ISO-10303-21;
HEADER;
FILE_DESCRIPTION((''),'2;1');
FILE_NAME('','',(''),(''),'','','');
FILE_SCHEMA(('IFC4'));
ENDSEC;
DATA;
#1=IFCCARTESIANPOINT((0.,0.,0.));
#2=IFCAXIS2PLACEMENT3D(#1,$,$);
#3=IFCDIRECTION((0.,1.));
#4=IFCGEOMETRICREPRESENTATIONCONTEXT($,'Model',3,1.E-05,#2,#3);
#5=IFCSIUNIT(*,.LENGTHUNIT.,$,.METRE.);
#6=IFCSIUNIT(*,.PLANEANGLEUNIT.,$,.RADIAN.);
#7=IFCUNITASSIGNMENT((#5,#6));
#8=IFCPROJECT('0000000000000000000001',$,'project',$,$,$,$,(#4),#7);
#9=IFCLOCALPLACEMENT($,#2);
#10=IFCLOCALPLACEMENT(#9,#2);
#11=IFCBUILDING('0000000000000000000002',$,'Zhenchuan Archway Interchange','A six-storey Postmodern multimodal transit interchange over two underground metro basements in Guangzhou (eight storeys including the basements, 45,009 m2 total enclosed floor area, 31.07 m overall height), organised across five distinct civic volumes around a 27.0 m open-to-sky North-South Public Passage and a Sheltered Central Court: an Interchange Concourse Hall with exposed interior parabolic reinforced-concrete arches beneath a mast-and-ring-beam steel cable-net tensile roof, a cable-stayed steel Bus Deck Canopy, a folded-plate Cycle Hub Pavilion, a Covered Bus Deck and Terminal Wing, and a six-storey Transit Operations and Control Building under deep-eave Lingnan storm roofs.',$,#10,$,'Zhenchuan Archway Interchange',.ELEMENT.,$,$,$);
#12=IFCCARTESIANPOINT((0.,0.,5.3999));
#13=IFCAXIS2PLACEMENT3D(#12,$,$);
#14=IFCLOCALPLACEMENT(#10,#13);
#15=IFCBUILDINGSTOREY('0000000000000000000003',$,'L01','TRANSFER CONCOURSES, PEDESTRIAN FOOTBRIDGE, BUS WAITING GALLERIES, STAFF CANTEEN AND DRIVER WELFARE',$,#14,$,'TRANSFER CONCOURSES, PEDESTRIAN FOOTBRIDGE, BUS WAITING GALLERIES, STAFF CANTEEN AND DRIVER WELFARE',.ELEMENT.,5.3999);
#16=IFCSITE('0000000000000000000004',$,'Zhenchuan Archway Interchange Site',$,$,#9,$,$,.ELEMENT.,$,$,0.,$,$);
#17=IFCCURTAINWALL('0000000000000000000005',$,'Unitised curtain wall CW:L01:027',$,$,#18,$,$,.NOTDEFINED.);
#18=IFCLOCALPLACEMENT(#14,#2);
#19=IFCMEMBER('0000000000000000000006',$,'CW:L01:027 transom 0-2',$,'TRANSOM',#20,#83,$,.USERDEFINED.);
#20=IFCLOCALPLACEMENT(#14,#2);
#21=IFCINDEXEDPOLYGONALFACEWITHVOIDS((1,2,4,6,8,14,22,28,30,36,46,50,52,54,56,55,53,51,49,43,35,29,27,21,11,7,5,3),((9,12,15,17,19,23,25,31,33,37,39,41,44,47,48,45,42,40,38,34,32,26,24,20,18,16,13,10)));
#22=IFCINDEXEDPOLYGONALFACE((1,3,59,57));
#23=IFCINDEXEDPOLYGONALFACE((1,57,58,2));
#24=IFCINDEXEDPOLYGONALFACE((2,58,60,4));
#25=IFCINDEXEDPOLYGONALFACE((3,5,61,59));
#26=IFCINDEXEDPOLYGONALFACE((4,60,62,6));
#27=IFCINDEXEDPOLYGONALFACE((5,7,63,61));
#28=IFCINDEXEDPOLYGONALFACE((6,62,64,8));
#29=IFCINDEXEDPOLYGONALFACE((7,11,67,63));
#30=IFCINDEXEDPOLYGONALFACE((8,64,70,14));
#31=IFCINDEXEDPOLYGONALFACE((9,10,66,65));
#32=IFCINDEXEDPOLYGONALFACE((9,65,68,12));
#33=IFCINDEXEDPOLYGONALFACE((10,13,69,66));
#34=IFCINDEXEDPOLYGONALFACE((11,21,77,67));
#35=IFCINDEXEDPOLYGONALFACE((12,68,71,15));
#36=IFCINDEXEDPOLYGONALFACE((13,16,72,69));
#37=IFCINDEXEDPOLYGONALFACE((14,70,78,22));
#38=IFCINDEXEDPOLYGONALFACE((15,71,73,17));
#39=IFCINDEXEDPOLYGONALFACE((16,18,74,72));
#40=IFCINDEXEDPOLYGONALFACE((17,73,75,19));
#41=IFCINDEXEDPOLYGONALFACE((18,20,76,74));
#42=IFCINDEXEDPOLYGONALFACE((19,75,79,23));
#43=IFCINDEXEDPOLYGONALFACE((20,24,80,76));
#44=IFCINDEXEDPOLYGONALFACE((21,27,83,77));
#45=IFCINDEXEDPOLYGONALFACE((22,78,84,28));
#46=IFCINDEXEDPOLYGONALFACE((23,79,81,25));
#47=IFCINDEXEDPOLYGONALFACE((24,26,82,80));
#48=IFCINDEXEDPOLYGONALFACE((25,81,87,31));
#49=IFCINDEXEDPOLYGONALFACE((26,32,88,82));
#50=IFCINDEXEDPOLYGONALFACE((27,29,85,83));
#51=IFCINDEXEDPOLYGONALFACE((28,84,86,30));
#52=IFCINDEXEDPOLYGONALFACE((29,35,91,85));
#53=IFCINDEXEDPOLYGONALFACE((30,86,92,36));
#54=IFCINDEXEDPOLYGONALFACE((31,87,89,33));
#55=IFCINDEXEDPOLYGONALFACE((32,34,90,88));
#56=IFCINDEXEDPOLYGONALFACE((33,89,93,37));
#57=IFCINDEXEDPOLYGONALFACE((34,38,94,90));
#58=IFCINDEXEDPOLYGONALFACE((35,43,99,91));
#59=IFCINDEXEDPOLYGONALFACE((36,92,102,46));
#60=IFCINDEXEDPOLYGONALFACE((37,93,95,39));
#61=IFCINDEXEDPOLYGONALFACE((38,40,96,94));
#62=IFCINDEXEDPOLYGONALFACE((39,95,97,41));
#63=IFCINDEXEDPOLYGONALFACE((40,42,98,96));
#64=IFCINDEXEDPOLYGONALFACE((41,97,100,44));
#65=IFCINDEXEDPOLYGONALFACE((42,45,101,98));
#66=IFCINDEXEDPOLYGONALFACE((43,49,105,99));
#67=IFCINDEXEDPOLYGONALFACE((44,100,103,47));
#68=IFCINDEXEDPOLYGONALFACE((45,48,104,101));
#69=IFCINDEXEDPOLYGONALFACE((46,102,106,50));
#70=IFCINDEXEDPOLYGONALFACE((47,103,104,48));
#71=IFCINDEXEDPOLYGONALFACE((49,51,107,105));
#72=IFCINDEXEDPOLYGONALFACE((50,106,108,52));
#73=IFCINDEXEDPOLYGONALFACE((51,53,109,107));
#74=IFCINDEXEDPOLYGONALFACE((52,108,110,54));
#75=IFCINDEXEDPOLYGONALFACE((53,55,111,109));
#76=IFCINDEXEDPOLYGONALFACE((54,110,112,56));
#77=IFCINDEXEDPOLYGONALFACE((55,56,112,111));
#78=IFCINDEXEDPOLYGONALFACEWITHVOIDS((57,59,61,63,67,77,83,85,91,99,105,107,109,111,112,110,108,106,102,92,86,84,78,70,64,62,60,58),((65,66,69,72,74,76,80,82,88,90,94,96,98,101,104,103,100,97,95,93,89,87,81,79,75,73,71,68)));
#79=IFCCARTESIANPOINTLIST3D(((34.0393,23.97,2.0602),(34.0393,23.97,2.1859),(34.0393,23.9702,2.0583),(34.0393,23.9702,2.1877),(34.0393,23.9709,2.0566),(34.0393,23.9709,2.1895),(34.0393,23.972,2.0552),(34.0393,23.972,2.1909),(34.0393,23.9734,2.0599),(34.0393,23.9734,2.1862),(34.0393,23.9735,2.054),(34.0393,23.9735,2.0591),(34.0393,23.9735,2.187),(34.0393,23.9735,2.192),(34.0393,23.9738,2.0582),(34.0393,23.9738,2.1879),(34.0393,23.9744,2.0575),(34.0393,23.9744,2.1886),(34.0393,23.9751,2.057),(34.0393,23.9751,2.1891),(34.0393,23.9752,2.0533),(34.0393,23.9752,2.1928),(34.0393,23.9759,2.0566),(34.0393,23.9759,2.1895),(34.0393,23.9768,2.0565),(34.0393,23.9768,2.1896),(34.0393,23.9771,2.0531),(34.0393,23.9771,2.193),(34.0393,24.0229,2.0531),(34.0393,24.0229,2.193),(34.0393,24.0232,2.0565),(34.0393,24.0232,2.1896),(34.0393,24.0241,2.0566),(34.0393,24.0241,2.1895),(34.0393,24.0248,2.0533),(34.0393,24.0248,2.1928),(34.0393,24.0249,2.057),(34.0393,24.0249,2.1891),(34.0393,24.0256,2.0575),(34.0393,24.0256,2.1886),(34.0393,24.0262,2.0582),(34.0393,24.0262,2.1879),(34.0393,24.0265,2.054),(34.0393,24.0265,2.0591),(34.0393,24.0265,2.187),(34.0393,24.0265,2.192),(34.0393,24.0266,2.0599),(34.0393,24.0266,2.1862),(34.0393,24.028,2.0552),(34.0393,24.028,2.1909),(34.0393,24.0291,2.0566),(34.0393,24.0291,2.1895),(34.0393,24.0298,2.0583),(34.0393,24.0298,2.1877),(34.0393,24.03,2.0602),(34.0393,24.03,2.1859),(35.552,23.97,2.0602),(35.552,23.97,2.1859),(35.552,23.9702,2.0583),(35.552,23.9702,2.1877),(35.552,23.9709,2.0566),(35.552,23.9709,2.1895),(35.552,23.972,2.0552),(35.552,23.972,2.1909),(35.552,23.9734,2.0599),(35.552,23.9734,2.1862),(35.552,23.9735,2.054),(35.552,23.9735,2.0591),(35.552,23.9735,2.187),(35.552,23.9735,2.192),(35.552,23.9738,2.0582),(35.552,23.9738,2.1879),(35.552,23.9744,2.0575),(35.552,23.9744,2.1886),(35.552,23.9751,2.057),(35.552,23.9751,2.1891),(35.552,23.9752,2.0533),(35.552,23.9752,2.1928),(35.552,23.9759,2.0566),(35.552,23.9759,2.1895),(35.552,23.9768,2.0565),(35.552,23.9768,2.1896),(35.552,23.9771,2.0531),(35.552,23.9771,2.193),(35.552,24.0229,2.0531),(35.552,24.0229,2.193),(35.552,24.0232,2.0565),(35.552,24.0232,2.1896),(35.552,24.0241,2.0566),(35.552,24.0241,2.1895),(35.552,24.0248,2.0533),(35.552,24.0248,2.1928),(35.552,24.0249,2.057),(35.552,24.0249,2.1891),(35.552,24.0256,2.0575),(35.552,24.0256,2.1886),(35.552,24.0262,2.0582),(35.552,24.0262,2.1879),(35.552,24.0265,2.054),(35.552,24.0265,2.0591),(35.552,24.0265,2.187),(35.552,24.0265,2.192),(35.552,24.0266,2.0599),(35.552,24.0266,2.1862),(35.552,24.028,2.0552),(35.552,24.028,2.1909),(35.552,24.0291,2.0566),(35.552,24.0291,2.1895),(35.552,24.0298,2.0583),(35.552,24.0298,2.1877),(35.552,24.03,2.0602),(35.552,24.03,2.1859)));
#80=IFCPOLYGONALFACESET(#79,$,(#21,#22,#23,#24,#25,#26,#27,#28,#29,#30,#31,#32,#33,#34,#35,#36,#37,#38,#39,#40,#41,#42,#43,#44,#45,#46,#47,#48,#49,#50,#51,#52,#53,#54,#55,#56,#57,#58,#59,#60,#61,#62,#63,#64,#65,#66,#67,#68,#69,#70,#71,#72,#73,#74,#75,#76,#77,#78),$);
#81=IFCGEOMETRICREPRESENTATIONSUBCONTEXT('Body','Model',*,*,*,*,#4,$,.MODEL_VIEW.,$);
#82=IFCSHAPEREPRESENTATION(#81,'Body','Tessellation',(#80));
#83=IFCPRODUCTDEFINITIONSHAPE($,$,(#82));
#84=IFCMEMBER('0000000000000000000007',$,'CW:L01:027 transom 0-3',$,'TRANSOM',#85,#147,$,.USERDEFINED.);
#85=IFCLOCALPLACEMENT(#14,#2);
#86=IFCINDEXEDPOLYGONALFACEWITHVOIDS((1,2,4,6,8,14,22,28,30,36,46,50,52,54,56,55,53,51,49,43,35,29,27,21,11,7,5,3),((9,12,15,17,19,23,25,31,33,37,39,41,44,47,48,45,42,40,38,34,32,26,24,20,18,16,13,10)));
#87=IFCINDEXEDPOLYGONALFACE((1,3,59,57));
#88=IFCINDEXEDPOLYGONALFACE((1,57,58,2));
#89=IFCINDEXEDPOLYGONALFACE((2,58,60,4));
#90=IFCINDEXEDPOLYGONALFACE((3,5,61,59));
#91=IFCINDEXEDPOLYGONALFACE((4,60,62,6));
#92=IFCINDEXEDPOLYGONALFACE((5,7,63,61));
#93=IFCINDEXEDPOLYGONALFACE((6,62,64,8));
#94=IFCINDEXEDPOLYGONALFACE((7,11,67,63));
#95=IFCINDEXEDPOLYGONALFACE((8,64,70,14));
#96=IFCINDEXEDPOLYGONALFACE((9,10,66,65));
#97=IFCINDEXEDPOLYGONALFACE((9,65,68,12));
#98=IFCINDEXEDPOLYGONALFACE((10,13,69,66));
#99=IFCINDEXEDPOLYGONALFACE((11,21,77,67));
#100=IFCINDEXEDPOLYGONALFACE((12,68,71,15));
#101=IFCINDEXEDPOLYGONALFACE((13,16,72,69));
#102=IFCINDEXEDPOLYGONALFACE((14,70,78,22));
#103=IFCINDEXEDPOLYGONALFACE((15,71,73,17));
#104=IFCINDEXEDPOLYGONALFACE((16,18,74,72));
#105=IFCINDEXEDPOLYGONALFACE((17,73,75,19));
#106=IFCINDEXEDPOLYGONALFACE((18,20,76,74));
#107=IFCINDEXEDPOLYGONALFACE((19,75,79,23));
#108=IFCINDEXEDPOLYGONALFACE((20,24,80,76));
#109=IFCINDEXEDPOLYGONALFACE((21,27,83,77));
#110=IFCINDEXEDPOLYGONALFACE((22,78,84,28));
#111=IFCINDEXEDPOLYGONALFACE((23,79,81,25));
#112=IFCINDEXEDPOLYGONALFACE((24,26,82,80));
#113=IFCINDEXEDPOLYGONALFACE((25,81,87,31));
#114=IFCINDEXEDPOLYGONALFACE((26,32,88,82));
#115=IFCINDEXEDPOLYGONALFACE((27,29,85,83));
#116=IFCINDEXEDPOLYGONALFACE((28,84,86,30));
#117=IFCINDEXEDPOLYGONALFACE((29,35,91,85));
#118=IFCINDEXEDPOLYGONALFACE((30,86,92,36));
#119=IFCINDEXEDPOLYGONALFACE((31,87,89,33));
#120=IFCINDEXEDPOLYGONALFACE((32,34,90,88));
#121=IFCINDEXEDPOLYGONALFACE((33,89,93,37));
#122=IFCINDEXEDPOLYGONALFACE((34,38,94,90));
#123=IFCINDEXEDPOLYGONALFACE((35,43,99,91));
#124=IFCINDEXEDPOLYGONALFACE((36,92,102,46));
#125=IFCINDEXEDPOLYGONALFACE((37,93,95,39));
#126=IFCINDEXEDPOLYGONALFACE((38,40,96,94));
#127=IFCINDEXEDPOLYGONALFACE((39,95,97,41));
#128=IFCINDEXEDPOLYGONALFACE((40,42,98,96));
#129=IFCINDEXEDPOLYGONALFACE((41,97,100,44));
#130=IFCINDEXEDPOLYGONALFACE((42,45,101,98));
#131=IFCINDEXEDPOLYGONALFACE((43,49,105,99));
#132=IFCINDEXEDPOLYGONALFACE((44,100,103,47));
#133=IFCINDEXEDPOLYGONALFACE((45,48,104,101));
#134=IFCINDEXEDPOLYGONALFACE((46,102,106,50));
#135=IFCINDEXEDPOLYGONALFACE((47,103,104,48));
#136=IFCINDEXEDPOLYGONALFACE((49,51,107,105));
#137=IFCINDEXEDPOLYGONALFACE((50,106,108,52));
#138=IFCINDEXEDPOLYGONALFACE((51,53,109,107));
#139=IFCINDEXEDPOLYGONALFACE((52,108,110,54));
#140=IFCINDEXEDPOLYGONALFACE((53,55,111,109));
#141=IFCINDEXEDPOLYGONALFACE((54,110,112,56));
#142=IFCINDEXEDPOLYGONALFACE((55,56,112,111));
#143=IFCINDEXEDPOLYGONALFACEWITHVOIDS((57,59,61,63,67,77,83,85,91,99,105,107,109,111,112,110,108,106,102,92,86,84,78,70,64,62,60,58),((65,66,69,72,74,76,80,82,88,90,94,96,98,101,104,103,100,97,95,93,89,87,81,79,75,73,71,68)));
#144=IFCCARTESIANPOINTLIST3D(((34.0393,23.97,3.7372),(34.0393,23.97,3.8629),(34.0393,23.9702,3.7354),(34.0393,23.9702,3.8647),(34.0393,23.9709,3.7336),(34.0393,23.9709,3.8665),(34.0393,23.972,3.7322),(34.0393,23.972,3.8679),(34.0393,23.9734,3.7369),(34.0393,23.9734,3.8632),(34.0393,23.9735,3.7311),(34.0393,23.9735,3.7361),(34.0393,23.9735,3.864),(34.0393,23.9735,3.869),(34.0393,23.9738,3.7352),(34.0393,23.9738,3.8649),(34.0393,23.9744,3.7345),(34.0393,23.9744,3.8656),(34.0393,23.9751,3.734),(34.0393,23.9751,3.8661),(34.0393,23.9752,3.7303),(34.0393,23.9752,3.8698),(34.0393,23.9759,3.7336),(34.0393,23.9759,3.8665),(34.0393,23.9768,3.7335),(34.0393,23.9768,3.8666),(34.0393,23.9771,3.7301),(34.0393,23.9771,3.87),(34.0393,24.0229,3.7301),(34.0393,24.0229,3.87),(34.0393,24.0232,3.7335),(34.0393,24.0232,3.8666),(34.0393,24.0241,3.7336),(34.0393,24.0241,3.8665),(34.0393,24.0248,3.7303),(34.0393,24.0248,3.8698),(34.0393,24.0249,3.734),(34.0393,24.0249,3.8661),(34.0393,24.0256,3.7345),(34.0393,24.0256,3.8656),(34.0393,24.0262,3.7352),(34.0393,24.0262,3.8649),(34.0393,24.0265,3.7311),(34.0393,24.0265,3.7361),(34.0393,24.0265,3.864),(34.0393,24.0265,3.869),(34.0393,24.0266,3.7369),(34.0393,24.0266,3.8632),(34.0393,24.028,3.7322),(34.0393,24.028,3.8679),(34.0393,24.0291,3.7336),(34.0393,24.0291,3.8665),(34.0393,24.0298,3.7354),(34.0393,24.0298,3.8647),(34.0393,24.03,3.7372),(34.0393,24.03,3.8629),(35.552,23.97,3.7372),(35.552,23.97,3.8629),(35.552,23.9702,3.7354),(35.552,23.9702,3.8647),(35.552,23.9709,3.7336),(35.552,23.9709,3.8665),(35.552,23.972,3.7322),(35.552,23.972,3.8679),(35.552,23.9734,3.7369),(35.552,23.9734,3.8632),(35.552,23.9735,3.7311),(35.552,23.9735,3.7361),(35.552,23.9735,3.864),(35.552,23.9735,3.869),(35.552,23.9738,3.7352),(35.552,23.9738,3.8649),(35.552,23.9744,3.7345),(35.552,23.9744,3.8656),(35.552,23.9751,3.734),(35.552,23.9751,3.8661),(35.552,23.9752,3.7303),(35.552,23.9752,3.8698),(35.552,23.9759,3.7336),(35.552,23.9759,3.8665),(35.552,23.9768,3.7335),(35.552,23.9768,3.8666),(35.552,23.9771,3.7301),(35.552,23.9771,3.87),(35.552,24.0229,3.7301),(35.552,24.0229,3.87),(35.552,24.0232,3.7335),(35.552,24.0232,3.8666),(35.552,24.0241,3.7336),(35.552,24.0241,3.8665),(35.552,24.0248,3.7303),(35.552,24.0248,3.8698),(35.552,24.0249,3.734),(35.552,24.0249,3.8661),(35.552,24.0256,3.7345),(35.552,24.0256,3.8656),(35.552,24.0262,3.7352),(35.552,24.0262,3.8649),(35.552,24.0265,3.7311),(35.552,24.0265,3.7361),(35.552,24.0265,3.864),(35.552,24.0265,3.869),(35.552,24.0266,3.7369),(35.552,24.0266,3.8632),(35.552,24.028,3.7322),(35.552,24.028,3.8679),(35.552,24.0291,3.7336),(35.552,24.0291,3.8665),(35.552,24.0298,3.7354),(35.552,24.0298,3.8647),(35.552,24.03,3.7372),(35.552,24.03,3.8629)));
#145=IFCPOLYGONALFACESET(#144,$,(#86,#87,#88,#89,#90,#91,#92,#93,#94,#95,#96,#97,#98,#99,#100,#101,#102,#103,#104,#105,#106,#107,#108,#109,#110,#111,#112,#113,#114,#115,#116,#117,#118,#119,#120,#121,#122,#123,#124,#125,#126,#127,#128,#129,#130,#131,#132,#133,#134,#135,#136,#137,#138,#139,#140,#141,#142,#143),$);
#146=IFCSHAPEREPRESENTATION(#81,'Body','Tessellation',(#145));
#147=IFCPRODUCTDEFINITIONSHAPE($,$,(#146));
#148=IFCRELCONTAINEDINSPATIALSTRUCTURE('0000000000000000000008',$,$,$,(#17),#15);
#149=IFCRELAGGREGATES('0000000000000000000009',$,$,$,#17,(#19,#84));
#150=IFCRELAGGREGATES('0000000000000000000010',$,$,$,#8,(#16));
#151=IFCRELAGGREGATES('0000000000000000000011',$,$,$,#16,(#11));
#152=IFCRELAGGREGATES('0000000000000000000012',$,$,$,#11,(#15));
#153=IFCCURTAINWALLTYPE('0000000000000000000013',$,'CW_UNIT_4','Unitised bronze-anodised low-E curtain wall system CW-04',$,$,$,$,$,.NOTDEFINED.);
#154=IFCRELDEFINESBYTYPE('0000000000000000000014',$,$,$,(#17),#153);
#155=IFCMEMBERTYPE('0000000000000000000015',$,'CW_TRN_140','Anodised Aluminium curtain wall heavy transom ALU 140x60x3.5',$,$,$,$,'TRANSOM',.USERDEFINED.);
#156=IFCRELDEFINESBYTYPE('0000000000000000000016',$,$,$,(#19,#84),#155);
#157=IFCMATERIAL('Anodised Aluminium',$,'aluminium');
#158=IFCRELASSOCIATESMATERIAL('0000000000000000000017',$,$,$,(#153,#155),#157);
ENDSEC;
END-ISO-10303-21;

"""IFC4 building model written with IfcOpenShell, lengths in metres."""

from ifc_helpers import new_model, si_unit, direction, frame, origin, origin_2d, place, context, subcontext, project, spatial, hollow_rectangle, extrude, material, material_profile, profile_set, type_object, element, aggregate, save


model = new_model("IFC4")

# Units and contexts
model_context = context("Model", 3, precision=1e-05, world=origin(), true_north=direction((0.0, 1.0)))
body_context = subcontext(model_context, "Body", "Model", "MODEL_VIEW")
ifc_project = project(units=[si_unit("LENGTHUNIT", "METRE"), si_unit("PLANEANGLEUNIT", "RADIAN")], contexts=[model_context])

# Site, building, storey
site_placement = place(None, origin())
site = spatial("IfcSite", under=ifc_project, at=site_placement, Name="Zhenchuan Archway Interchange Site", CompositionType="ELEMENT", RefElevation=0.0)
building_placement = place(site_placement, origin())
building = spatial("IfcBuilding", under=site, at=building_placement, Name="Zhenchuan Archway Interchange", Description="A six-storey Postmodern multimodal transit interchange over two underground metro basements in Guangzhou (eight storeys including the basements, 45,009 m2 total enclosed floor area, 31.07 m overall height), organised across five distinct civic volumes around a 27.0 m open-to-sky North-South Public Passage and a Sheltered Central Court: an Interchange Concourse Hall with exposed interior parabolic reinforced-concrete arches beneath a mast-and-ring-beam steel cable-net tensile roof, a cable-stayed steel Bus Deck Canopy, a folded-plate Cycle Hub Pavilion, a Covered Bus Deck and Terminal Wing, and a six-storey Transit Operations and Control Building under deep-eave Lingnan storm roofs.", LongName="Zhenchuan Archway Interchange", CompositionType="ELEMENT")
storey_placement = place(building_placement, frame((0.0, 0.0, 5.3999)))
storey = spatial("IfcBuildingStorey", under=building, at=storey_placement, Name="L01", Description="TRANSFER CONCOURSES, PEDESTRIAN FOOTBRIDGE, BUS WAITING GALLERIES, STAFF CANTEEN AND DRIVER WELFARE", LongName="TRANSFER CONCOURSES, PEDESTRIAN FOOTBRIDGE, BUS WAITING GALLERIES, STAFF CANTEEN AND DRIVER WELFARE", CompositionType="ELEMENT", Elevation=5.3999)

# Curtain wall, members
ifc_material_1 = material(Name="Anodised Aluminium", Category="aluminium")
curtain_wall_type = type_object("IfcCurtainWallType", Name="CW_UNIT_4", Description="Unitised bronze-anodised low-E curtain wall system CW-04", PredefinedType="NOTDEFINED", material=ifc_material_1)
curtain_wall_placement = place(storey_placement, origin())
curtain_wall = element("IfcCurtainWall", 1, at=curtain_wall_placement, inside=storey, type_object=curtain_wall_type, Name="Unitised curtain wall CW:L01:027", PredefinedType="NOTDEFINED")
ifc_material_profile_1 = material_profile(ifc_material_1, hollow_rectangle(XDim=0.0601, YDim=0.1399, WallThickness=0.0034, InnerFilletRadius=0.0034, OuterFilletRadius=0.0071, at=origin_2d()), Name="ALU 140x60x3.5")
ifc_profile_set_1 = profile_set([ifc_material_profile_1], Name="Anodised Aluminium")
member_type_1 = type_object("IfcMemberType", Name="CW_TRN_140", Description="Anodised Aluminium curtain wall heavy transom ALU 140x60x3.5", ElementType="TRANSOM", PredefinedType="USERDEFINED", material=ifc_profile_set_1)
member_1_placement = place(storey_placement, frame((35.552, 24.0, 2.123), z_axis=(-1.0, 0.0, 0.0), x_axis=(0.0, -1.0, 0.0)))
member_1 = element("IfcMember", 2, at=member_1_placement, type_object=member_type_1, Name="CW:L01:027 transom 0-2", ObjectType="TRANSOM", PredefinedType="USERDEFINED", context=body_context, shape_type="SweptSolid", body=[
    extrude(hollow_rectangle(XDim=0.0601, YDim=0.1399, WallThickness=0.0034, InnerFilletRadius=0.0034, OuterFilletRadius=0.0071, at=origin_2d()), origin(), (0.0, 0.0, 1.0), 1.5127),
])
member_2_placement = place(storey_placement, frame((35.552, 24.0, 3.8), z_axis=(-1.0, 0.0, 0.0), x_axis=(0.0, -1.0, 0.0)))
member_2 = element("IfcMember", 3, at=member_2_placement, type_object=member_type_1, Name="CW:L01:027 transom 0-3", ObjectType="TRANSOM", PredefinedType="USERDEFINED", context=body_context, shape_type="SweptSolid", body=[
    extrude(hollow_rectangle(XDim=0.0601, YDim=0.1399, WallThickness=0.0034, InnerFilletRadius=0.0034, OuterFilletRadius=0.0071, at=origin_2d()), origin(), (0.0, 0.0, 1.0), 1.5127),
])

aggregate(curtain_wall, [member_1, member_2])

save(model, "model.ifc")
